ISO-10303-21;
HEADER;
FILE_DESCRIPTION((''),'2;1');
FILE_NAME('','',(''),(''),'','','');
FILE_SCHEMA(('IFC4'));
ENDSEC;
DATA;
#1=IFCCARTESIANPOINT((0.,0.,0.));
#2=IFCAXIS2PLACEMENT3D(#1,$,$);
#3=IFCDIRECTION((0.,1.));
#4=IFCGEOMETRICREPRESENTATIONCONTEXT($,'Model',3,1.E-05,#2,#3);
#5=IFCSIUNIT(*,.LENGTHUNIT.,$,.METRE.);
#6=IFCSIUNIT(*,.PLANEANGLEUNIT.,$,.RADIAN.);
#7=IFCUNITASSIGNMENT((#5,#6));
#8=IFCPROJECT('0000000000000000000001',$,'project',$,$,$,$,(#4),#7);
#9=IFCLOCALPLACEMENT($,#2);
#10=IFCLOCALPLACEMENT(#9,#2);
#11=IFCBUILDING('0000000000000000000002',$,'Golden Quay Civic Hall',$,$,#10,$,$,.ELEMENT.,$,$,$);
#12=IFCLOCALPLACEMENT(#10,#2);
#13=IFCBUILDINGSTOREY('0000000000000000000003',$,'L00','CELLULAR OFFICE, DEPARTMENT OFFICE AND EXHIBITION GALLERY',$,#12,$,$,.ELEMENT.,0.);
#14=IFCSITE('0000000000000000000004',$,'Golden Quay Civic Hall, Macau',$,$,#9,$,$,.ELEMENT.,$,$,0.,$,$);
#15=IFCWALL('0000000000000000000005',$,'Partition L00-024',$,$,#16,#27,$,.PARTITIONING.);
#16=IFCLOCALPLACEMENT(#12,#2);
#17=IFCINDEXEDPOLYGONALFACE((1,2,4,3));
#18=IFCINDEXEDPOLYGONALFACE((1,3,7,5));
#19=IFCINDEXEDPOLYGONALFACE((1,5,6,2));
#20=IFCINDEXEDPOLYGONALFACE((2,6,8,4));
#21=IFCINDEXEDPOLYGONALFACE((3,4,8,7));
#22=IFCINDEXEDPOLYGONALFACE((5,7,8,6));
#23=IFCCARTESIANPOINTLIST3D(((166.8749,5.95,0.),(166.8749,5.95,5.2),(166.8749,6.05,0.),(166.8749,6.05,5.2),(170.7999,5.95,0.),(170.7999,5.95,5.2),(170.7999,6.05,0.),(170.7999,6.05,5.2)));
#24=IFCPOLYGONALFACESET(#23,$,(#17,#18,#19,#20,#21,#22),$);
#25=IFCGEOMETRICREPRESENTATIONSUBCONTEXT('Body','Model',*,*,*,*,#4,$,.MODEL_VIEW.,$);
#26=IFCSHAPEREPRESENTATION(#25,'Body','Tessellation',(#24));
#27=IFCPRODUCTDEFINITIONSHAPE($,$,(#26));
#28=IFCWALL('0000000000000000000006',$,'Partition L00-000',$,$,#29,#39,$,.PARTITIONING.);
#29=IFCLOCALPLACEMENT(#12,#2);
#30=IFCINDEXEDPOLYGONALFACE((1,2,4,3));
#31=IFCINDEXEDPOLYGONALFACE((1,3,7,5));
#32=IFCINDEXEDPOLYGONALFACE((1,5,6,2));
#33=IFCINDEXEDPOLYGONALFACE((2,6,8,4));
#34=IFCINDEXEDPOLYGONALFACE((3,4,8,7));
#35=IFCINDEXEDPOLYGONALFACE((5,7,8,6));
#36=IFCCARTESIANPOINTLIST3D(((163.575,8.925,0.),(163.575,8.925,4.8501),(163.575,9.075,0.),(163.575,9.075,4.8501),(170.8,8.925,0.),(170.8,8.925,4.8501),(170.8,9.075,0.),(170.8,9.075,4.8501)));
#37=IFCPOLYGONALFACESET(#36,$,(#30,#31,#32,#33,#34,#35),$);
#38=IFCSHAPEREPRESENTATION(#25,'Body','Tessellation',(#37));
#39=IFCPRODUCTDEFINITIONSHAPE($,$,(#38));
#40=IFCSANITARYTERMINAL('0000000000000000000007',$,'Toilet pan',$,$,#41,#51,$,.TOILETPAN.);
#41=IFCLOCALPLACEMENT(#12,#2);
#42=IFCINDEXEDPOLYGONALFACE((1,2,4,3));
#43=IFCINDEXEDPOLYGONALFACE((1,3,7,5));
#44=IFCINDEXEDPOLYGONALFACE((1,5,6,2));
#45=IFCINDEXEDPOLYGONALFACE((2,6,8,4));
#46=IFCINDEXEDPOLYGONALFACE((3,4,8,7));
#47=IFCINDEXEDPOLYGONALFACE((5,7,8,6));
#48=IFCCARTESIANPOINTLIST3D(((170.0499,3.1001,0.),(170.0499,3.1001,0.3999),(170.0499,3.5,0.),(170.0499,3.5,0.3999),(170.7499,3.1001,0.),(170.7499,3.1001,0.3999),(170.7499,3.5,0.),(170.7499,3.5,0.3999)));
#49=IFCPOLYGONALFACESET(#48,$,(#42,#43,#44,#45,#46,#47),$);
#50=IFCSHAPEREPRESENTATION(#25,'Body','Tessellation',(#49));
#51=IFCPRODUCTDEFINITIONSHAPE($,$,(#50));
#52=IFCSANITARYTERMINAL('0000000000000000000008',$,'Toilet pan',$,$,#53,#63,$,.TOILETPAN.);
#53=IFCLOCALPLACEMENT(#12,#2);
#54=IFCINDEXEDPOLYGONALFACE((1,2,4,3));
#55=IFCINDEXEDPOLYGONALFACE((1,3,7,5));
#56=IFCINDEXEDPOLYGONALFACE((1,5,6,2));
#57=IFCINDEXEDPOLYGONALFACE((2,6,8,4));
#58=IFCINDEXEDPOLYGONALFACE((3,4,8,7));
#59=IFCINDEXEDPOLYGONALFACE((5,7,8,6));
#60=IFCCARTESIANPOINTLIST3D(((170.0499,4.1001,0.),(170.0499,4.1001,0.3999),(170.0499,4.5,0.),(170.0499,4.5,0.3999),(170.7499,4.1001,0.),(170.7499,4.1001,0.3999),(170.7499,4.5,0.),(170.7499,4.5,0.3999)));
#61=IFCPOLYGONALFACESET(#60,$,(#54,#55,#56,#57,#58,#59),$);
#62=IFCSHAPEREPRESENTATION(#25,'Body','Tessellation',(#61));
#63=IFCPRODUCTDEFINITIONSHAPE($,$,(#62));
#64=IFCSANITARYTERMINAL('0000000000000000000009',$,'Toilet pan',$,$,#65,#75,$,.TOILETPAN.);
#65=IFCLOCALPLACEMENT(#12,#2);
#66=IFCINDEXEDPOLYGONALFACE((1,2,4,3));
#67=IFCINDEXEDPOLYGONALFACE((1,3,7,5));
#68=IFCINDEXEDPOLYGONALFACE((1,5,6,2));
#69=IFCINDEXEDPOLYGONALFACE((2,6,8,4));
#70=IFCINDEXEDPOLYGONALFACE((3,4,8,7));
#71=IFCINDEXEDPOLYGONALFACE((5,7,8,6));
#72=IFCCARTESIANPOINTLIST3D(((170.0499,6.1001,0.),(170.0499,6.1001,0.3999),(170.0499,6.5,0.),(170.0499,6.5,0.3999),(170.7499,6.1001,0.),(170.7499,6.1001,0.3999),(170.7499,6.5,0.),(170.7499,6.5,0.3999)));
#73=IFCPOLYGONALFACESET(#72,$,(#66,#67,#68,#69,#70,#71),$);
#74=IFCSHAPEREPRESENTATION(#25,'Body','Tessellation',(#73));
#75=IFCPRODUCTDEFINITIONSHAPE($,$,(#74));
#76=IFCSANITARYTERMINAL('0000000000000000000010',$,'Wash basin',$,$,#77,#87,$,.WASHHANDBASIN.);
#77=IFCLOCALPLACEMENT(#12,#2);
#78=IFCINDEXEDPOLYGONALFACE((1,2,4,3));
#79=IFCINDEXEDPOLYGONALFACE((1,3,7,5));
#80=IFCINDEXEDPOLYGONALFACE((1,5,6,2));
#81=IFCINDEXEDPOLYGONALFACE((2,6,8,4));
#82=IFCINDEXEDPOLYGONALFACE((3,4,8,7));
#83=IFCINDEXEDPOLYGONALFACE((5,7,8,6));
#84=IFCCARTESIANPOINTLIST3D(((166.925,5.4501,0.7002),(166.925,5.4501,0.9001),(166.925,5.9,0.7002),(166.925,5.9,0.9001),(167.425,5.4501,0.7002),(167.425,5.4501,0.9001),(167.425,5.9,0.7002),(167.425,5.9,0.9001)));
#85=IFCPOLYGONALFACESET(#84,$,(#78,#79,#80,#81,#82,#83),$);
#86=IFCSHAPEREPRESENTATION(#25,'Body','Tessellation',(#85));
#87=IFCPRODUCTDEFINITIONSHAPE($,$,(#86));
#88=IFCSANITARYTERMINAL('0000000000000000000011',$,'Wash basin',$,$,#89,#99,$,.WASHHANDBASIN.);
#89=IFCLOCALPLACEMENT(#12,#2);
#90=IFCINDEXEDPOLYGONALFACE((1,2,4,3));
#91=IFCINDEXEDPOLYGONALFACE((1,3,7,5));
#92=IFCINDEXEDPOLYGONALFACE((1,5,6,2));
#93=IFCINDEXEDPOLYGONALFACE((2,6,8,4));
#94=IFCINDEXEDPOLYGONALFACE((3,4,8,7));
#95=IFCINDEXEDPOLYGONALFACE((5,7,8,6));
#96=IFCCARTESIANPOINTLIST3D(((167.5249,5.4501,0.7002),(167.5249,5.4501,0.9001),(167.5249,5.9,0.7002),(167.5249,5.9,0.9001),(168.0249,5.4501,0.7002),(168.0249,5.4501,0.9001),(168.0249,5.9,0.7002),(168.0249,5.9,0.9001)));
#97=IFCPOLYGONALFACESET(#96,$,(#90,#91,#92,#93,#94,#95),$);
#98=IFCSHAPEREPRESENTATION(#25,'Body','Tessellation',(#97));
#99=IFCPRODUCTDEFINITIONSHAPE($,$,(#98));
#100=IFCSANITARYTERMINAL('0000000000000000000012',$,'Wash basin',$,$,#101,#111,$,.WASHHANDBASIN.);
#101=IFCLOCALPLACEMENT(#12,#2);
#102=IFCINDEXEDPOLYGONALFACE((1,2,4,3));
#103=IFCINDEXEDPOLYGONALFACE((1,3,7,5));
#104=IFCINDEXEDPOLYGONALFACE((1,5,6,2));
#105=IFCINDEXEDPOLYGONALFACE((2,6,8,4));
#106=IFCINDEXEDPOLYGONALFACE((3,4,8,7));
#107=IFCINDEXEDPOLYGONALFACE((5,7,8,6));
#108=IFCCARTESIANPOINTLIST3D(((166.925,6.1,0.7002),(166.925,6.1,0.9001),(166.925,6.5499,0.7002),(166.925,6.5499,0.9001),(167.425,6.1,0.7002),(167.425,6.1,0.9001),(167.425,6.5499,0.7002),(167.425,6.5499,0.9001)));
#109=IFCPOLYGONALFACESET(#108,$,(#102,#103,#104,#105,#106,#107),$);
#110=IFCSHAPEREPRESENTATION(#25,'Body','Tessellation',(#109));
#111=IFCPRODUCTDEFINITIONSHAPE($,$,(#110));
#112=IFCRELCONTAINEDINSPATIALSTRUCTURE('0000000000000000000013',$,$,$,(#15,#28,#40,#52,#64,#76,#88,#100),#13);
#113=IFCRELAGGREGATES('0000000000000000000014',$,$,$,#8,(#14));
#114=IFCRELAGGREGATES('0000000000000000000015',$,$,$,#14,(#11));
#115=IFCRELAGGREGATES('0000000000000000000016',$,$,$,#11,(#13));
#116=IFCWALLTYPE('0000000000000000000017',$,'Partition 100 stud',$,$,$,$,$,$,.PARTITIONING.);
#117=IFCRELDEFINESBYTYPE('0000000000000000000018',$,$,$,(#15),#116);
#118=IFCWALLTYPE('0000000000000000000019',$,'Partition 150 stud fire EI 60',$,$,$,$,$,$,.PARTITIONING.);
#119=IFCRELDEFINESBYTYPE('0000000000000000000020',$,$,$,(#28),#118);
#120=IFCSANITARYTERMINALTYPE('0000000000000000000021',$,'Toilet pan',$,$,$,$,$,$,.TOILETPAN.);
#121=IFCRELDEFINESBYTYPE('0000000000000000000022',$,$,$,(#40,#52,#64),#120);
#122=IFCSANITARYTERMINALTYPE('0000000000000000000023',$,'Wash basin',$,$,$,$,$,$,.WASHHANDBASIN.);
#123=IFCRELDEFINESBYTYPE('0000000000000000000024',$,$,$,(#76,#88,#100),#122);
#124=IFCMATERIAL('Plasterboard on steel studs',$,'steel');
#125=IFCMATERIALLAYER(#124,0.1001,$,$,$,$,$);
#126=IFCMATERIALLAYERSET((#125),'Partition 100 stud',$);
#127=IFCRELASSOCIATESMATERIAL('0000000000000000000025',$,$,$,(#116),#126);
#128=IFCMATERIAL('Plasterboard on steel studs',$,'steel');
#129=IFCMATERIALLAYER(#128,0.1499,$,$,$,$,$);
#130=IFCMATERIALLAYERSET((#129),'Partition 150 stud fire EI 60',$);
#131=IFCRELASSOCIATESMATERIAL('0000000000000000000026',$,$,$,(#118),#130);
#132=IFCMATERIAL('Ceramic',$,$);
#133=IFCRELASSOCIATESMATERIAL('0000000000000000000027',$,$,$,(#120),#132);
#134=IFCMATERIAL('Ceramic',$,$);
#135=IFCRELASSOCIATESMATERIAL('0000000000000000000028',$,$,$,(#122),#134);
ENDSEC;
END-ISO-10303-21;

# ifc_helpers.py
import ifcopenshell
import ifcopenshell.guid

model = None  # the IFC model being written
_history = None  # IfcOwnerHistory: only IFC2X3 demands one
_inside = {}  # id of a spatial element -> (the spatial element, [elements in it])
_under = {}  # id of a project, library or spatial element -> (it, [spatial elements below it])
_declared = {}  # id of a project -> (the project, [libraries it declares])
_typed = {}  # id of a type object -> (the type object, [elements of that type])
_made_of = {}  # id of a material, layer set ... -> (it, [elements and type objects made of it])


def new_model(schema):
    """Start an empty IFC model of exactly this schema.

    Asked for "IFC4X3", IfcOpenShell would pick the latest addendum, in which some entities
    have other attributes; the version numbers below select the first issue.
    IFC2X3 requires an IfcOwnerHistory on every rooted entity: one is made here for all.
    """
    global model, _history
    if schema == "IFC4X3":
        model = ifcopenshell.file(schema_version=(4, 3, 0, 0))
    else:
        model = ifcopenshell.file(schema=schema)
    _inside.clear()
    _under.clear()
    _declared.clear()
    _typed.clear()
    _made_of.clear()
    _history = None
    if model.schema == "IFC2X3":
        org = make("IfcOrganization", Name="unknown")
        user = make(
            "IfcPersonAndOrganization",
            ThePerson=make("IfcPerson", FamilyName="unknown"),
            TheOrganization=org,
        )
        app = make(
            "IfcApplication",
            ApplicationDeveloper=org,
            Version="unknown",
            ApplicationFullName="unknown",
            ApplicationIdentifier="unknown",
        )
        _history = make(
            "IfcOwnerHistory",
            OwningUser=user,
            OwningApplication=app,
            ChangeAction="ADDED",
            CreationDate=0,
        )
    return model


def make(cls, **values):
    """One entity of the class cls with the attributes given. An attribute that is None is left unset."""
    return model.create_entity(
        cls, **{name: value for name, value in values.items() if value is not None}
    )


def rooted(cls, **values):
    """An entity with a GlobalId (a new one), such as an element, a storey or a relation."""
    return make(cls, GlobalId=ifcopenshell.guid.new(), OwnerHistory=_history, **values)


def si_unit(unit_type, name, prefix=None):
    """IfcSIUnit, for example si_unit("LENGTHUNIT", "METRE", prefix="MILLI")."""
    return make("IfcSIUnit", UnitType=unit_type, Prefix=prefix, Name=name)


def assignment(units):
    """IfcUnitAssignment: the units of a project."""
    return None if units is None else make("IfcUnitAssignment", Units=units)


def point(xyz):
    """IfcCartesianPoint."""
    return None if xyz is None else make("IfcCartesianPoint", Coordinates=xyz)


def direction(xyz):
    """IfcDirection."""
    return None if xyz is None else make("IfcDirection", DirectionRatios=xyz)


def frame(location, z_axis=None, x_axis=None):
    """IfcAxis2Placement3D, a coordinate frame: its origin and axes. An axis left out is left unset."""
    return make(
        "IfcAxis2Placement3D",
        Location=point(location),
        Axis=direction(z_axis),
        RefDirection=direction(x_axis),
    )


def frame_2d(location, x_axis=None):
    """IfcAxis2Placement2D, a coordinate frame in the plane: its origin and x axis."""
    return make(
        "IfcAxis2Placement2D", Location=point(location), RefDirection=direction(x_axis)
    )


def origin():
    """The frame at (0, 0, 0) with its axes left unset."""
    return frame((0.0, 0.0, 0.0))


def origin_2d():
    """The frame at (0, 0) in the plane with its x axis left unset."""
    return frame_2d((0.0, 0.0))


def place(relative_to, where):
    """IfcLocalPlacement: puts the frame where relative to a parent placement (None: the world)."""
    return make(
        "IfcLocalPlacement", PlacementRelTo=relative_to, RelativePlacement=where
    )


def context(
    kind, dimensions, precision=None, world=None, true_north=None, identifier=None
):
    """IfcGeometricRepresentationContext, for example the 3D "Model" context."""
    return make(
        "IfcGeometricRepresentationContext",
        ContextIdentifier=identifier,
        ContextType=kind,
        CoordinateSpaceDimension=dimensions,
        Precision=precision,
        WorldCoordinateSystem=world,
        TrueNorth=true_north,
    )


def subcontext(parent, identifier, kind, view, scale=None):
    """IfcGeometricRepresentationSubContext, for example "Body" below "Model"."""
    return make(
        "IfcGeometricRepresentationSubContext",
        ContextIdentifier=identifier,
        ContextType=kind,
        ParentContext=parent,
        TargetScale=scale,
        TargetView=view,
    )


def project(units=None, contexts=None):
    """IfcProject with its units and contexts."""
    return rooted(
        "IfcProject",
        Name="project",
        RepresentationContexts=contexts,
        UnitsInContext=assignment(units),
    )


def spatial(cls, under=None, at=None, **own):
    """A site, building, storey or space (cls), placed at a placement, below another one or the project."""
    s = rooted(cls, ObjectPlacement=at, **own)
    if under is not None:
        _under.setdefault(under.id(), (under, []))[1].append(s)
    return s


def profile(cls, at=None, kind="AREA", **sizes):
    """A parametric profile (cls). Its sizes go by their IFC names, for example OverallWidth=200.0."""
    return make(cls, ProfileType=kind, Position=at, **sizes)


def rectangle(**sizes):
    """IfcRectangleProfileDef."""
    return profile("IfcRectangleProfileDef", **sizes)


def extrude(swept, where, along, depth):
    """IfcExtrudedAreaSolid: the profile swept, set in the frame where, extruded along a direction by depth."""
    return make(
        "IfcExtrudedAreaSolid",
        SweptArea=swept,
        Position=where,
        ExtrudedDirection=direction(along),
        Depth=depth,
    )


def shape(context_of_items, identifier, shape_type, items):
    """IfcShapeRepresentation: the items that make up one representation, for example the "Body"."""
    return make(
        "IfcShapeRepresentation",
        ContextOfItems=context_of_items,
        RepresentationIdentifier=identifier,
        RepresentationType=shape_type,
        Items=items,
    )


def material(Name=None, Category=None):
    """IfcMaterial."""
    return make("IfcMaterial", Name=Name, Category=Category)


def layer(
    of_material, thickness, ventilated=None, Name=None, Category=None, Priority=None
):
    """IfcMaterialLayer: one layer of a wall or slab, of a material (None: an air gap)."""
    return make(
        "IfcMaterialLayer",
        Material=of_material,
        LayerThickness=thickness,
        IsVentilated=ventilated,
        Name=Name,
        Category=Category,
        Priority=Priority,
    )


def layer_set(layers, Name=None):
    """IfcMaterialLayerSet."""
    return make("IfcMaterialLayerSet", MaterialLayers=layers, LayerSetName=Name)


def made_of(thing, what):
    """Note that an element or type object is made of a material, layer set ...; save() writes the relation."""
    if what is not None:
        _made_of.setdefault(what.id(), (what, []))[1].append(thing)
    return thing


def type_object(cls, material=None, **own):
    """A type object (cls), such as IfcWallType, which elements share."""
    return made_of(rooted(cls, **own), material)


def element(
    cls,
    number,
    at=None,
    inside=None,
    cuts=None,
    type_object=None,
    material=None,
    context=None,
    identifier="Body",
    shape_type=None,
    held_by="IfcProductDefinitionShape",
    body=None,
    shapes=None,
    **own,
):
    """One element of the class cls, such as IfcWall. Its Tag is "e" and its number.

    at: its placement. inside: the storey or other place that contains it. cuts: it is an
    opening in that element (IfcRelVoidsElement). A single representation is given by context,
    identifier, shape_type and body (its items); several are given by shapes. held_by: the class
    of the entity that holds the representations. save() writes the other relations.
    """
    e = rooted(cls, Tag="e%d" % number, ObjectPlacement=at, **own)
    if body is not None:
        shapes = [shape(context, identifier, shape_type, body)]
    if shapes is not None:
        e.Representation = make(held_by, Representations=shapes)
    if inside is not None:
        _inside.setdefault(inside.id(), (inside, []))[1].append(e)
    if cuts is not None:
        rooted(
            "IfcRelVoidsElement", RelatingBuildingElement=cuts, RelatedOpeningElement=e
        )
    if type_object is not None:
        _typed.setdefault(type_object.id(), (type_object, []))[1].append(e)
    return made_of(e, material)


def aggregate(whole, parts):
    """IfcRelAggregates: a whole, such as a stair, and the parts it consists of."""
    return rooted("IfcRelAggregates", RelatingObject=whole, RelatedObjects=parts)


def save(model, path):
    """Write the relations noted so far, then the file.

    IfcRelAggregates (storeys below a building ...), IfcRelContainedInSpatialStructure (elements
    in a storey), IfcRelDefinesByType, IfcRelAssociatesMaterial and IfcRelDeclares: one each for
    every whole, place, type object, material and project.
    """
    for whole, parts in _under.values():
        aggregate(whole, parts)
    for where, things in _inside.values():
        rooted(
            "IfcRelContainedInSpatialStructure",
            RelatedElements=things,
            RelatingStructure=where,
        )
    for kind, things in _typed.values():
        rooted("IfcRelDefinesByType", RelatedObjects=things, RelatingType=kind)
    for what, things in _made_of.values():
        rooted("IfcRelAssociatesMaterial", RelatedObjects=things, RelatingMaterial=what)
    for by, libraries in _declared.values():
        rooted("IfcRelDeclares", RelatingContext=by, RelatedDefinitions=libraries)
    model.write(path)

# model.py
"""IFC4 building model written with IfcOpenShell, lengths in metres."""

from ifc_helpers import new_model, si_unit, direction, frame, frame_2d, origin, origin_2d, place, context, subcontext, project, spatial, rectangle, extrude, material, layer, layer_set, type_object, element, save


model = new_model("IFC4")

# Units and contexts
model_context = context("Model", 3, precision=1e-05, world=origin(), true_north=direction((0.0, 1.0)))
body_context = subcontext(model_context, "Body", "Model", "MODEL_VIEW")
ifc_project = project(units=[si_unit("LENGTHUNIT", "METRE"), si_unit("PLANEANGLEUNIT", "RADIAN")], contexts=[model_context])

# Site, building, storey
site_placement = place(None, origin())
site = spatial("IfcSite", under=ifc_project, at=site_placement, Name="Golden Quay Civic Hall, Macau", CompositionType="ELEMENT", RefElevation=0.0)
building_placement = place(site_placement, origin())
building = spatial("IfcBuilding", under=site, at=building_placement, Name="Golden Quay Civic Hall", CompositionType="ELEMENT")
storey_placement = place(building_placement, origin())
storey = spatial("IfcBuildingStorey", under=building, at=storey_placement, Name="L00", Description="CELLULAR OFFICE, DEPARTMENT OFFICE AND EXHIBITION GALLERY", CompositionType="ELEMENT", Elevation=0.0)

# Walls
ifc_material_1 = material(Name="Plasterboard on steel studs", Category="steel")
ifc_layer_1 = layer(ifc_material_1, 0.1001)
ifc_layer_set_1 = layer_set([ifc_layer_1], Name="Partition 100 stud")
wall_type_1 = type_object("IfcWallType", Name="Partition 100 stud", PredefinedType="PARTITIONING", material=ifc_layer_set_1)
for number, where, z_axis, x_axis, name in (
    (1, (166.875, 6.0, 0.0), (0.0, 0.0, 1.0), (1.0, 0.0, 0.0), "Partition L00-024"),
):
    element("IfcWall", number, at=place(storey_placement, frame(where, z_axis=z_axis, x_axis=x_axis)), inside=storey, type_object=wall_type_1, Name=name, PredefinedType="PARTITIONING", context=body_context, shape_type="SweptSolid", body=[
        extrude(rectangle(XDim=3.925, YDim=0.1001, at=frame_2d((1.9624, 0.0))), origin(), (0.0, 0.0, 1.0), 5.2),
    ])
ifc_material_2 = material(Name="Plasterboard on steel studs", Category="steel")
ifc_layer_2 = layer(ifc_material_2, 0.1499)
ifc_layer_set_2 = layer_set([ifc_layer_2], Name="Partition 150 stud fire EI 60")
wall_type_2 = type_object("IfcWallType", Name="Partition 150 stud fire EI 60", PredefinedType="PARTITIONING", material=ifc_layer_set_2)
wall_1_placement = place(storey_placement, frame((163.575, 9.0, 0.0), z_axis=(0.0, 0.0, 1.0), x_axis=(1.0, 0.0, 0.0)))
element("IfcWall", 2, at=wall_1_placement, inside=storey, type_object=wall_type_2, Name="Partition L00-000", PredefinedType="PARTITIONING", context=body_context, shape_type="SweptSolid", body=[
    extrude(rectangle(XDim=7.2251, YDim=0.1499, at=frame_2d((3.6125, 0.0))), origin(), (0.0, 0.0, 1.0), 4.8501),
])

# Sanitary terminals
ifc_material_3 = material(Name="Ceramic")
sanitary_terminal_type_1 = type_object("IfcSanitaryTerminalType", Name="Toilet pan", PredefinedType="TOILETPAN", material=ifc_material_3)
for number, where, z_axis, x_axis, name in (
    (3, (170.3999, 3.3, 0.0), (0.0, 0.0, 1.0), (0.0, 1.0, 0.0), "Toilet pan"),
    (4, (170.3999, 4.3, 0.0), (0.0, 0.0, 1.0), (0.0, 1.0, 0.0), "Toilet pan"),
    (5, (170.3999, 6.3, 0.0), (0.0, 0.0, 1.0), (0.0, 1.0, 0.0), "Toilet pan"),
):
    element("IfcSanitaryTerminal", number, at=place(storey_placement, frame(where, z_axis=z_axis, x_axis=x_axis)), inside=storey, type_object=sanitary_terminal_type_1, Name=name, PredefinedType="TOILETPAN", context=body_context, shape_type="SweptSolid", body=[
        extrude(rectangle(XDim=0.3999, YDim=0.7, at=origin_2d()), origin(), (0.0, 0.0, 1.0), 0.3999),
    ])
ifc_material_4 = material(Name="Ceramic")
sanitary_terminal_type_2 = type_object("IfcSanitaryTerminalType", Name="Wash basin", PredefinedType="WASHHANDBASIN", material=ifc_material_4)
for number, where, z_axis, x_axis, name in (
    (6, (167.175, 5.675, 0.7002), (0.0, 0.0, 1.0), (1.0, 0.0, 0.0), "Wash basin"),
    (7, (167.7749, 5.675, 0.7002), (0.0, 0.0, 1.0), (1.0, 0.0, 0.0), "Wash basin"),
    (8, (167.175, 6.325, 0.7002), (0.0, 0.0, 1.0), (1.0, 0.0, 0.0), "Wash basin"),
):
    element("IfcSanitaryTerminal", number, at=place(storey_placement, frame(where, z_axis=z_axis, x_axis=x_axis)), inside=storey, type_object=sanitary_terminal_type_2, Name=name, PredefinedType="WASHHANDBASIN", context=body_context, shape_type="SweptSolid", body=[
        extrude(rectangle(XDim=0.5, YDim=0.45, at=origin_2d()), origin(), (0.0, 0.0, 1.0), 0.2),
    ])

save(model, "model.ifc")
